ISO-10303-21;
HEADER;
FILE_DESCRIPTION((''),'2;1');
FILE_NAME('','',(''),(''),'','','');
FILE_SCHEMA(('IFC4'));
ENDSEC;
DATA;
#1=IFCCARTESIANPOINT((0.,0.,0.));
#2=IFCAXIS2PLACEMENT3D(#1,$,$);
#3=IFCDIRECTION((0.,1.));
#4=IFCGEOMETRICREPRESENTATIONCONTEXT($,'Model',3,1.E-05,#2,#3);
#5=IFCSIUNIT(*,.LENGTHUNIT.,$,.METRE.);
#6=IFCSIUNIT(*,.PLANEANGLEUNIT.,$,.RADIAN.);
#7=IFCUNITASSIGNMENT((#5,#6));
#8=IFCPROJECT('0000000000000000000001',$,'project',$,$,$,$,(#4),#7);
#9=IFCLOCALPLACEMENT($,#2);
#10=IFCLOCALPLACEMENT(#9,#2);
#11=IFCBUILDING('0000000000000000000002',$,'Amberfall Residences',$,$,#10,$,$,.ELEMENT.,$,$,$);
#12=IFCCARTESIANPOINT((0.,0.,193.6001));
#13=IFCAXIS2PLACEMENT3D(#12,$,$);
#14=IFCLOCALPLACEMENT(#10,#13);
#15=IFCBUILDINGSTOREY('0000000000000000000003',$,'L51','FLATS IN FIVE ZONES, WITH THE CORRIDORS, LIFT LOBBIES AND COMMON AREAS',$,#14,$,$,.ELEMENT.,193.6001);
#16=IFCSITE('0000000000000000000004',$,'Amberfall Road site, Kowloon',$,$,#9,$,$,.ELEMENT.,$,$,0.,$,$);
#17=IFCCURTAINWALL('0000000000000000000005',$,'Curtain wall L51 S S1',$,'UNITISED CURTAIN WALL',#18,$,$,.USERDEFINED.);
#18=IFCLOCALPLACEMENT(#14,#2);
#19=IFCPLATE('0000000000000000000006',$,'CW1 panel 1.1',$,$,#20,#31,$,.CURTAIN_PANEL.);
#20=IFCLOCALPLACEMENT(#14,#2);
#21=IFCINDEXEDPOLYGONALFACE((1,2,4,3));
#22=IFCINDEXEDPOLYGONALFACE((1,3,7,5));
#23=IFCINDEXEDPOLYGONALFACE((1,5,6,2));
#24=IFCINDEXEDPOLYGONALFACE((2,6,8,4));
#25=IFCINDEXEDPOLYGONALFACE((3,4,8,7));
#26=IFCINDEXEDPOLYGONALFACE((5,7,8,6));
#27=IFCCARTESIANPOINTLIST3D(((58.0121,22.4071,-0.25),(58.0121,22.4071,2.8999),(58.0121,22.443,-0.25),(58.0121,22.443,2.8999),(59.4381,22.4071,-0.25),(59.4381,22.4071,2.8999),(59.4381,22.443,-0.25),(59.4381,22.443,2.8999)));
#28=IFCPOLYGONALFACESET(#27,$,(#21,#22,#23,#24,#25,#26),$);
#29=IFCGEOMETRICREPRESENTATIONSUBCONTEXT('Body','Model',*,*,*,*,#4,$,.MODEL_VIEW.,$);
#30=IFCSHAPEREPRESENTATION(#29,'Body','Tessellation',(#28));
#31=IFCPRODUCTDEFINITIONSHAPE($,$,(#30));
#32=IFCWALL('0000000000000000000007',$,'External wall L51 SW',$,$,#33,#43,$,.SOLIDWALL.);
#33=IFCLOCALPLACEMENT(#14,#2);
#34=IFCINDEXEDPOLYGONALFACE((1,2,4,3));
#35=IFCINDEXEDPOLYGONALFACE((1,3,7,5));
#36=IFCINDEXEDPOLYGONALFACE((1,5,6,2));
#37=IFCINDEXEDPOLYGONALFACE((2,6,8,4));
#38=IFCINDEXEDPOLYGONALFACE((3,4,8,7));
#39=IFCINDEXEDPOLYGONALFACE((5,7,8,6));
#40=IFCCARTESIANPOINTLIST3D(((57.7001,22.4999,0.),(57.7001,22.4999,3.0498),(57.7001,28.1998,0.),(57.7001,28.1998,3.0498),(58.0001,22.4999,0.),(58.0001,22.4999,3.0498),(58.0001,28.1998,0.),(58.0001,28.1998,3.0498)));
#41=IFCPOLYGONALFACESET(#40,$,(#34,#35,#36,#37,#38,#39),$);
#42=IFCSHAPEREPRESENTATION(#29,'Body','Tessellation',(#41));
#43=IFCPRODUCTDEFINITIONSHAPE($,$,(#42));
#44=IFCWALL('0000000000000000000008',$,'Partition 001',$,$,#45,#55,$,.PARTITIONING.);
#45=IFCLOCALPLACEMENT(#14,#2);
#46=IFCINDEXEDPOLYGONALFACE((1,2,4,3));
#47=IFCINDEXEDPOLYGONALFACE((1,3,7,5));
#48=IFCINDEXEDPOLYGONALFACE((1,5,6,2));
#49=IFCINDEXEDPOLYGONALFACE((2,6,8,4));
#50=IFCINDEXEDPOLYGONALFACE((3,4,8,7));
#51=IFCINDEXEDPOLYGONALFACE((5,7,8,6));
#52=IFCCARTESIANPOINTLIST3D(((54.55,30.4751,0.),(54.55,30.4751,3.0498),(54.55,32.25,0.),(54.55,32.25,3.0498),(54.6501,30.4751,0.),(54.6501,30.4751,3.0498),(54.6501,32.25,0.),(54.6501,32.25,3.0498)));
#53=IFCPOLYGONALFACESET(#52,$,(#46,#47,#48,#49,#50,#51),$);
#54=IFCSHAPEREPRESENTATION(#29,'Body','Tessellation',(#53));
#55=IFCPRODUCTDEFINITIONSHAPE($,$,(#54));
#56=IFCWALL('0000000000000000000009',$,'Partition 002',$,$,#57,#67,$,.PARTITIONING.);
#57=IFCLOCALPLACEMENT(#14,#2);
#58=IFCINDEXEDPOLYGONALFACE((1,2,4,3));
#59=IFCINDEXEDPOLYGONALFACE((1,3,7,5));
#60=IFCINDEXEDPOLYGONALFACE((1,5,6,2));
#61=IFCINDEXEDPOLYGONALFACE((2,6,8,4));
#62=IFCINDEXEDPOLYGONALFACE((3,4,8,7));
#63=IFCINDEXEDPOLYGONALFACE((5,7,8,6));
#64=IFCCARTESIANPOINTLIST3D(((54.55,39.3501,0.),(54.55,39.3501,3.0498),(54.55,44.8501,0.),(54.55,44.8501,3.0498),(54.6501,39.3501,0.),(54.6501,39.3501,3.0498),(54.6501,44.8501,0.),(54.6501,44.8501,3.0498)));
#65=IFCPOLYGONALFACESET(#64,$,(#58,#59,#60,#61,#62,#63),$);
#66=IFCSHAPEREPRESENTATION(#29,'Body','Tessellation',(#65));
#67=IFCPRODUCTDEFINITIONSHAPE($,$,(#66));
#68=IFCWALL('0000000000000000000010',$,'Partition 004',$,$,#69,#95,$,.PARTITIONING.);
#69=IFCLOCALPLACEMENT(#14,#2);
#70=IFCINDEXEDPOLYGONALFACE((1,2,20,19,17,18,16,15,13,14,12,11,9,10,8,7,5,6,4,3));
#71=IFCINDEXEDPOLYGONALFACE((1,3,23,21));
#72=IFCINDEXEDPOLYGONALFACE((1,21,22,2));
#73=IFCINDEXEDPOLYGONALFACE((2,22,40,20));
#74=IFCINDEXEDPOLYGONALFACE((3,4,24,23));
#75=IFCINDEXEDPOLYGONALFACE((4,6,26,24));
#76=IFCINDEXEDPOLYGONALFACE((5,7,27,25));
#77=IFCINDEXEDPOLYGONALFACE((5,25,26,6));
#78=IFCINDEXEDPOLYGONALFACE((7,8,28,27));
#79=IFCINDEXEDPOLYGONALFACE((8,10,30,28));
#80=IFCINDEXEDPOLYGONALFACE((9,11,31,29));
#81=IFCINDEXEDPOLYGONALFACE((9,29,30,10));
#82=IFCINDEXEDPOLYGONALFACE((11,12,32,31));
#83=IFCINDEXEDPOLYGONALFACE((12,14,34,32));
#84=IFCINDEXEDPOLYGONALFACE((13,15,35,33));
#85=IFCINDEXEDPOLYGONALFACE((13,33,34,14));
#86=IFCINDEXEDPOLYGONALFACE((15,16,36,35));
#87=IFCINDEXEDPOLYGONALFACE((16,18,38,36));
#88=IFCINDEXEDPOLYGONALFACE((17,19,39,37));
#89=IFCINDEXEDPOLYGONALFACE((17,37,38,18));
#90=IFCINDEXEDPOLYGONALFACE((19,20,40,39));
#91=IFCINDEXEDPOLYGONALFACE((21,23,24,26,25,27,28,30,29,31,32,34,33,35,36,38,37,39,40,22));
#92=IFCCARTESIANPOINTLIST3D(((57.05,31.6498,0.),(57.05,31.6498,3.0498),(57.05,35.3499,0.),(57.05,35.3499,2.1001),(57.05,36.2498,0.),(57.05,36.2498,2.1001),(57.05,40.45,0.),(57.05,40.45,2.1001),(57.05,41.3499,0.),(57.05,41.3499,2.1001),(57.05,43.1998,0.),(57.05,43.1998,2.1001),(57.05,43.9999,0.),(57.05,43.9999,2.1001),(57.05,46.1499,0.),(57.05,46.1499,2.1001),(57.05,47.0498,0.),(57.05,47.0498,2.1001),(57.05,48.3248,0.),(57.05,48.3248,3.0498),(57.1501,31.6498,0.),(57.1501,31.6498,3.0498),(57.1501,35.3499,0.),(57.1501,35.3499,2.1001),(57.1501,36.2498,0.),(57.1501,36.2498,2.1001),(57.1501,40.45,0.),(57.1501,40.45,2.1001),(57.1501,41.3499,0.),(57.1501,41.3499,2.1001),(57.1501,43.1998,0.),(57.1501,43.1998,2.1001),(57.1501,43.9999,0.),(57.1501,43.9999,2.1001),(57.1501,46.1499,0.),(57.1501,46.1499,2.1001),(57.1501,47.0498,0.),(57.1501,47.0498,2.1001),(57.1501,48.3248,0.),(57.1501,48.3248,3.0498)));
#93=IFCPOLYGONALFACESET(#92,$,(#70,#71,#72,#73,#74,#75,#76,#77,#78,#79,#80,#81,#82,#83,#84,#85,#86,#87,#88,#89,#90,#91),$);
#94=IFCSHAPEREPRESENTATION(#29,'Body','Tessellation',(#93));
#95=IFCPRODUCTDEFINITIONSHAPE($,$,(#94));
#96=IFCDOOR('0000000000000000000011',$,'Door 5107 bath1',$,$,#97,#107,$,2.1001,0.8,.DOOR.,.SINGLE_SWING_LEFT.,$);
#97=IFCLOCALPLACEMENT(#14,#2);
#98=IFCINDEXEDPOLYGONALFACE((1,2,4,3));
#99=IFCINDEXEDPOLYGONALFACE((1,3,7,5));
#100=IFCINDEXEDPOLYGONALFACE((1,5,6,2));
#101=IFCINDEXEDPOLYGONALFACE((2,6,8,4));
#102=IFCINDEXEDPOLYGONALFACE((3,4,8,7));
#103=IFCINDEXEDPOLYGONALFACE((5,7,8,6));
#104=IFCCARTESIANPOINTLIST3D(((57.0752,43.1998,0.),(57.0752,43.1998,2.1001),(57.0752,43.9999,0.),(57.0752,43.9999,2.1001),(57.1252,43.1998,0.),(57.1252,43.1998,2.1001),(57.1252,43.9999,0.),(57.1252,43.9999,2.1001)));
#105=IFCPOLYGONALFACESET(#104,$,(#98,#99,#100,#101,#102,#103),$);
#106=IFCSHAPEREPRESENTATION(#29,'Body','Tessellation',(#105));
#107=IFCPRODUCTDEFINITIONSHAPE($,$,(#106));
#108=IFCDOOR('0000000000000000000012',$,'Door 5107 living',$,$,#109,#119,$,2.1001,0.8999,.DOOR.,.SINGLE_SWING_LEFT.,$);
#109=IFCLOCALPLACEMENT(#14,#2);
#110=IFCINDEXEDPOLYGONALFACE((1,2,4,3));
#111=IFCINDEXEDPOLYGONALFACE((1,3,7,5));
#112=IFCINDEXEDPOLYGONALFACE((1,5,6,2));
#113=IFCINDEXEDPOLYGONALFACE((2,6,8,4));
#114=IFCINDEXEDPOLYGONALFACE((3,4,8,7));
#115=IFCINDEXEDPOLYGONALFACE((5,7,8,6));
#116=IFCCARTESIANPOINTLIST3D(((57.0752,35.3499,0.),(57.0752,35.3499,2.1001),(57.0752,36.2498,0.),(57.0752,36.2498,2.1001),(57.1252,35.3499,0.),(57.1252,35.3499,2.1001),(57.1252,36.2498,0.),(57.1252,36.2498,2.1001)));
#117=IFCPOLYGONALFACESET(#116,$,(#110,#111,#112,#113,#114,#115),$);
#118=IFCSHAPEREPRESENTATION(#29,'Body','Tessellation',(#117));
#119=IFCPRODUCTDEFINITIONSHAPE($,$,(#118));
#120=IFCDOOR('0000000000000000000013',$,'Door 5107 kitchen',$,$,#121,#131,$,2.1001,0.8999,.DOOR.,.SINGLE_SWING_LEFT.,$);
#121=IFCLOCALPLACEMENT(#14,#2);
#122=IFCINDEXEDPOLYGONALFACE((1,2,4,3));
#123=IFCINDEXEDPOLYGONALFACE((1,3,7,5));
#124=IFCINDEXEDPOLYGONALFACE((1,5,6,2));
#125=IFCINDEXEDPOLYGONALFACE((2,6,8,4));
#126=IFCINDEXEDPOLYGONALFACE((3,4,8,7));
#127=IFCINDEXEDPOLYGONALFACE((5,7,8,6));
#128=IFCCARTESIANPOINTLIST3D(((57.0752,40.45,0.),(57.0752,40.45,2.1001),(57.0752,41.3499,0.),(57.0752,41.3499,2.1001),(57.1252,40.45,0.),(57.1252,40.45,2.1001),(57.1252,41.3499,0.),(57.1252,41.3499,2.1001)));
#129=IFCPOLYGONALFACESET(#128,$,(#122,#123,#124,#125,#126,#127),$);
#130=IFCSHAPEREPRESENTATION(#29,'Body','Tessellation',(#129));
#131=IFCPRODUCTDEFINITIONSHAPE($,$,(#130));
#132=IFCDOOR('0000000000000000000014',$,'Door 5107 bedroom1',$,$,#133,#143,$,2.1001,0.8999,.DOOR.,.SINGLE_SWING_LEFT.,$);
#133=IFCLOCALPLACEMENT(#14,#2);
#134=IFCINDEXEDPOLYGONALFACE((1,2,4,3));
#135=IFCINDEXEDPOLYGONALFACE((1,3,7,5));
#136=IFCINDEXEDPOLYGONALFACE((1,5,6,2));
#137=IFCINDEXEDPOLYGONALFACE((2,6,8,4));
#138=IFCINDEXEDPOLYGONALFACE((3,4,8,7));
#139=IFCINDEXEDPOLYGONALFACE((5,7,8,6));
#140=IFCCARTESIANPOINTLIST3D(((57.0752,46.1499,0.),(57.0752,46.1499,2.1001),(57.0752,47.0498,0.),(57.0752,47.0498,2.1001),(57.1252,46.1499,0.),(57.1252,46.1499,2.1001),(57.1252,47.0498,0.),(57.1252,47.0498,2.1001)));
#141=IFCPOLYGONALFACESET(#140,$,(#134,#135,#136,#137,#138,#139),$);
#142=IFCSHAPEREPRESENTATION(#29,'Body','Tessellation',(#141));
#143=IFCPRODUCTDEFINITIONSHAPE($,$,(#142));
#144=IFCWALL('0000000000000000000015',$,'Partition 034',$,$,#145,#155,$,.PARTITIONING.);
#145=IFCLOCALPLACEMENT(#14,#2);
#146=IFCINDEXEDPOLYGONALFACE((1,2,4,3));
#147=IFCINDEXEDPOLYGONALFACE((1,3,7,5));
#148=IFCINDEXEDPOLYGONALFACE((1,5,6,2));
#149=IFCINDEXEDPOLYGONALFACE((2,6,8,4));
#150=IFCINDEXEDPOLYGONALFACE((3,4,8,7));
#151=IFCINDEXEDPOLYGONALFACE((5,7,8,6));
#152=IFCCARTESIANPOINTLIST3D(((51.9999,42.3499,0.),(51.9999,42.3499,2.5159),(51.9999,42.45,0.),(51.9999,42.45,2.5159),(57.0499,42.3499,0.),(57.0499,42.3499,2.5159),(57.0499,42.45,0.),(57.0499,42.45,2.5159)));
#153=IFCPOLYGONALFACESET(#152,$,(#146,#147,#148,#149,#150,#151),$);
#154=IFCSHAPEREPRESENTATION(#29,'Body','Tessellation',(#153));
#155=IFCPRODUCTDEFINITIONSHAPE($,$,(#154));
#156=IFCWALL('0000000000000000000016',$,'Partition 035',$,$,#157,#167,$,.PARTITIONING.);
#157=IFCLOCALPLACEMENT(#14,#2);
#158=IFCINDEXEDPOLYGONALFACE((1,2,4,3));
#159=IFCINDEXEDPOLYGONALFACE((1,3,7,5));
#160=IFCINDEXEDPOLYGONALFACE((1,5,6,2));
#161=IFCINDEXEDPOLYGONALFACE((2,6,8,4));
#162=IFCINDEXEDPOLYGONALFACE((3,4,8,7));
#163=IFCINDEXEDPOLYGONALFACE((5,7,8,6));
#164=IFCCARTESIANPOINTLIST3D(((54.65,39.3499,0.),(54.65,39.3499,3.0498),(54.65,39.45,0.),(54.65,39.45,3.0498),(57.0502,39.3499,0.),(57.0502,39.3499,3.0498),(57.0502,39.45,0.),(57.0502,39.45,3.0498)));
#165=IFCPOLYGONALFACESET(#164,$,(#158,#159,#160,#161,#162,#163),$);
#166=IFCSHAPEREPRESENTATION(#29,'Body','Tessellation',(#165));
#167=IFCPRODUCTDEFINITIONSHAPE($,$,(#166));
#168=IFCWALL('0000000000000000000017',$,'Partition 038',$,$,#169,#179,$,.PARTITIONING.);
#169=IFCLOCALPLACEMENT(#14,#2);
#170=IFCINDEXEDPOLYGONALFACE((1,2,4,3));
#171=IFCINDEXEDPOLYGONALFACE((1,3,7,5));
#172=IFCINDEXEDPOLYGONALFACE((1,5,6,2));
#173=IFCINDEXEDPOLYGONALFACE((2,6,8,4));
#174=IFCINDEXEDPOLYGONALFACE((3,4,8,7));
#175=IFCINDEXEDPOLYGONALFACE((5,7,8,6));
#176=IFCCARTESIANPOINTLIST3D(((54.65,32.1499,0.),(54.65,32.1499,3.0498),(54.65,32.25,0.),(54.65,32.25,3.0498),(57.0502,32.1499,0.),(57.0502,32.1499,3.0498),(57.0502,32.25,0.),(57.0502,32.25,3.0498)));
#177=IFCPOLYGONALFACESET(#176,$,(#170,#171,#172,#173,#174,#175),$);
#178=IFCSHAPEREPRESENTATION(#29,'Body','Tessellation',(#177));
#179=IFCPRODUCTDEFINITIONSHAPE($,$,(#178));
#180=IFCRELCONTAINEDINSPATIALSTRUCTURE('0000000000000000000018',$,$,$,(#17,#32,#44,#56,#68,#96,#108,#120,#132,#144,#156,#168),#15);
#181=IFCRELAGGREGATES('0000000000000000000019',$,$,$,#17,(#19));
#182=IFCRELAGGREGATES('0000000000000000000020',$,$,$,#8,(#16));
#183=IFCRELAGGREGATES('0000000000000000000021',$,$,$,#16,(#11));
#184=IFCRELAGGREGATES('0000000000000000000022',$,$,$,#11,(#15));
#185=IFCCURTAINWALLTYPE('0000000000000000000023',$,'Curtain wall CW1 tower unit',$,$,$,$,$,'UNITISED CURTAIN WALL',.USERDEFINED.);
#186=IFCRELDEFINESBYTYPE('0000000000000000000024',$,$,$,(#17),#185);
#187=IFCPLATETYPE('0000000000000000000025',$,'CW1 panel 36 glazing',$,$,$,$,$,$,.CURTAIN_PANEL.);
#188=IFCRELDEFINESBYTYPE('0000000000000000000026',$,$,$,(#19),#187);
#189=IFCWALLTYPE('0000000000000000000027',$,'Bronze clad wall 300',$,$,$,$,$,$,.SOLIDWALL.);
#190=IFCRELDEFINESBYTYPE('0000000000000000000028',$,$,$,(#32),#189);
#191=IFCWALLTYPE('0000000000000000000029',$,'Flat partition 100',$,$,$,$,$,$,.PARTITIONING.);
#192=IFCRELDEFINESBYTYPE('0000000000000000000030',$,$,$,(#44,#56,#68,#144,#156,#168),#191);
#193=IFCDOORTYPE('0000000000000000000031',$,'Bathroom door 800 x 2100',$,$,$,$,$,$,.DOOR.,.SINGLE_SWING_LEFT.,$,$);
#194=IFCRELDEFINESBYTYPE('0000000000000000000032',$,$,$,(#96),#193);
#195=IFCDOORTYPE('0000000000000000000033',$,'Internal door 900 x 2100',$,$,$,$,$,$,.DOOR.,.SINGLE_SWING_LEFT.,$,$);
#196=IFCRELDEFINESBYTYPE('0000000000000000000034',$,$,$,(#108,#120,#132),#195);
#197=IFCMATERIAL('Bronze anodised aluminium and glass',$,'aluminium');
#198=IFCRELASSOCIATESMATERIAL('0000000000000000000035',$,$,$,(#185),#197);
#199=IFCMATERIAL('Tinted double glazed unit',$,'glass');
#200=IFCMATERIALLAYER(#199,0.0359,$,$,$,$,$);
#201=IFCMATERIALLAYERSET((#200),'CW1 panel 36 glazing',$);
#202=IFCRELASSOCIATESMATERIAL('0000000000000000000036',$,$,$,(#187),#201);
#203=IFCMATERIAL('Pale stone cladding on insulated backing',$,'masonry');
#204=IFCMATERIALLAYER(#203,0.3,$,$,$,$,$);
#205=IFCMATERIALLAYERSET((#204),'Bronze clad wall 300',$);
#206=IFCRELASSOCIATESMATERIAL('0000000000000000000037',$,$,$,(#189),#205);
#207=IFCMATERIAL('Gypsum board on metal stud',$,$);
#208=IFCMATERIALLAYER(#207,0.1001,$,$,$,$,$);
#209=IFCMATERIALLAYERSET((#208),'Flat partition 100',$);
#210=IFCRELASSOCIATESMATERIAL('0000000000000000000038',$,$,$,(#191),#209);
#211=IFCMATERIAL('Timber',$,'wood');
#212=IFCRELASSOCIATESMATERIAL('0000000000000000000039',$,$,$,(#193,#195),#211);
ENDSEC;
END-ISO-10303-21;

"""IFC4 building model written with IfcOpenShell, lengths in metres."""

from ifc_helpers import new_model, si_unit, direction, frame, frame_2d, origin, origin_2d, place, context, subcontext, project, spatial, rectangle, extrude, material, layer, layer_set, type_object, element, fill, aggregate, save


model = new_model("IFC4")

# Units and contexts
model_context = context("Model", 3, precision=1e-05, world=origin(), true_north=direction((0.0, 1.0)))
body_context = subcontext(model_context, "Body", "Model", "MODEL_VIEW")
ifc_project = project(units=[si_unit("LENGTHUNIT", "METRE"), si_unit("PLANEANGLEUNIT", "RADIAN")], contexts=[model_context])

# Site, building, storey
site_placement = place(None, origin())
site = spatial("IfcSite", under=ifc_project, at=site_placement, Name="Amberfall Road site, Kowloon", CompositionType="ELEMENT", RefElevation=0.0)
building_placement = place(site_placement, origin())
building = spatial("IfcBuilding", under=site, at=building_placement, Name="Amberfall Residences", CompositionType="ELEMENT")
storey_placement = place(building_placement, frame((0.0, 0.0, 193.6001)))
storey = spatial("IfcBuildingStorey", under=building, at=storey_placement, Name="L51", Description="FLATS IN FIVE ZONES, WITH THE CORRIDORS, LIFT LOBBIES AND COMMON AREAS", CompositionType="ELEMENT", Elevation=193.6001)

# Curtain wall
ifc_material_1 = material(Name="Bronze anodised aluminium and glass", Category="aluminium")
curtain_wall_type = type_object("IfcCurtainWallType", Name="Curtain wall CW1 tower unit", ElementType="UNITISED CURTAIN WALL", PredefinedType="USERDEFINED", material=ifc_material_1)
curtain_wall_placement = place(storey_placement, origin())
curtain_wall = element("IfcCurtainWall", 1, at=curtain_wall_placement, inside=storey, type_object=curtain_wall_type, Name="Curtain wall L51 S S1", ObjectType="UNITISED CURTAIN WALL", PredefinedType="USERDEFINED")

# Plate
ifc_material_2 = material(Name="Tinted double glazed unit", Category="glass")
ifc_layer_1 = layer(ifc_material_2, 0.0359)
ifc_layer_set_1 = layer_set([ifc_layer_1], Name="CW1 panel 36 glazing")
plate_type = type_object("IfcPlateType", Name="CW1 panel 36 glazing", PredefinedType="CURTAIN_PANEL", material=ifc_layer_set_1)
plate_placement = place(storey_placement, frame((58.7251, 22.425, -0.25), z_axis=(0.0, 0.0, 1.0), x_axis=(1.0, 0.0, 0.0)))
plate = element("IfcPlate", 2, at=plate_placement, type_object=plate_type, Name="CW1 panel 1.1", PredefinedType="CURTAIN_PANEL", context=body_context, shape_type="SweptSolid", body=[
    extrude(rectangle(XDim=1.426, YDim=0.0359, at=origin_2d()), origin(), (0.0, 0.0, 1.0), 3.1499),
])
aggregate(curtain_wall, [plate])

# Walls
ifc_material_3 = material(Name="Pale stone cladding on insulated backing", Category="masonry")
ifc_layer_2 = layer(ifc_material_3, 0.3)
ifc_layer_set_2 = layer_set([ifc_layer_2], Name="Bronze clad wall 300")
wall_type_1 = type_object("IfcWallType", Name="Bronze clad wall 300", PredefinedType="SOLIDWALL", material=ifc_layer_set_2)
wall_1_placement = place(storey_placement, frame((57.8501, 28.2, 0.0), z_axis=(0.0, 0.0, 1.0), x_axis=(0.0, -1.0, 0.0)))
element("IfcWall", 3, at=wall_1_placement, inside=storey, type_object=wall_type_1, Name="External wall L51 SW", PredefinedType="SOLIDWALL", context=body_context, shape_type="SweptSolid", body=[
    extrude(rectangle(XDim=5.7, YDim=0.3, at=frame_2d((2.8501, 0.0))), origin(), (0.0, 0.0, 1.0), 3.0498),
])
ifc_material_4 = material(Name="Gypsum board on metal stud")
ifc_layer_3 = layer(ifc_material_4, 0.1001)
ifc_layer_set_3 = layer_set([ifc_layer_3], Name="Flat partition 100")
wall_type_2 = type_object("IfcWallType", Name="Flat partition 100", PredefinedType="PARTITIONING", material=ifc_layer_set_3)
wall_2_placement = place(storey_placement, frame((54.6001, 30.4751, 0.0), z_axis=(0.0, 0.0, 1.0), x_axis=(0.0, 1.0, 0.0)))
element("IfcWall", 4, at=wall_2_placement, inside=storey, type_object=wall_type_2, Name="Partition 001", PredefinedType="PARTITIONING", context=body_context, shape_type="SweptSolid", body=[
    extrude(rectangle(XDim=1.7749, YDim=0.1001, at=frame_2d((0.8875, 0.0))), origin(), (0.0, 0.0, 1.0), 3.0498),
])
wall_3_placement = place(storey_placement, frame((54.6001, 39.3501, 0.0), z_axis=(0.0, 0.0, 1.0), x_axis=(0.0, 1.0, 0.0)))
element("IfcWall", 5, at=wall_3_placement, inside=storey, type_object=wall_type_2, Name="Partition 002", PredefinedType="PARTITIONING", context=body_context, shape_type="SweptSolid", body=[
    extrude(rectangle(XDim=5.5, YDim=0.1001, at=frame_2d((2.75, 0.0))), origin(), (0.0, 0.0, 1.0), 3.0498),
])

# Wall, openings, doors
wall_4_placement = place(storey_placement, frame((57.1001, 31.6499, 0.0), z_axis=(0.0, 0.0, 1.0), x_axis=(0.0, 1.0, 0.0)))
wall_4 = element("IfcWall", 6, at=wall_4_placement, inside=storey, type_object=wall_type_2, Name="Partition 004", PredefinedType="PARTITIONING", context=body_context, shape_type="SweptSolid", body=[
    extrude(rectangle(XDim=16.675, YDim=0.1001, at=frame_2d((8.3374, 0.0))), origin(), (0.0, 0.0, 1.0), 3.0498),
])
opening_1_placement = place(wall_4_placement, frame((3.7, 0.0, 0.0)))
opening_1 = element("IfcOpeningElement", 7, at=opening_1_placement, cuts=wall_4, PredefinedType="OPENING", context=body_context, shape_type="SweptSolid", body=[
    extrude(rectangle(XDim=0.8999, YDim=2.1001, at=frame_2d((0.45, 1.05))), frame((0.0, 0.0601, 0.0), z_axis=(0.0, -1.0, 0.0), x_axis=(1.0, 0.0, 0.0)), (0.0, 0.0, 1.0), 0.1201),
])
opening_2_placement = place(wall_4_placement, frame((8.8, 0.0, 0.0)))
opening_2 = element("IfcOpeningElement", 8, at=opening_2_placement, cuts=wall_4, PredefinedType="OPENING", context=body_context, shape_type="SweptSolid", body=[
    extrude(rectangle(XDim=0.8999, YDim=2.1001, at=frame_2d((0.45, 1.05))), frame((0.0, 0.0601, 0.0), z_axis=(0.0, -1.0, 0.0), x_axis=(1.0, 0.0, 0.0)), (0.0, 0.0, 1.0), 0.1201),
])
opening_3_placement = place(wall_4_placement, frame((14.5, 0.0, 0.0)))
opening_3 = element("IfcOpeningElement", 9, at=opening_3_placement, cuts=wall_4, PredefinedType="OPENING", context=body_context, shape_type="SweptSolid", body=[
    extrude(rectangle(XDim=0.8999, YDim=2.1001, at=frame_2d((0.45, 1.05))), frame((0.0, 0.0601, 0.0), z_axis=(0.0, -1.0, 0.0), x_axis=(1.0, 0.0, 0.0)), (0.0, 0.0, 1.0), 0.1201),
])
opening_4_placement = place(wall_4_placement, frame((11.55, 0.0, 0.0)))
opening_4 = element("IfcOpeningElement", 10, at=opening_4_placement, cuts=wall_4, PredefinedType="OPENING", context=body_context, shape_type="SweptSolid", body=[
    extrude(rectangle(XDim=0.8, YDim=2.1001, at=frame_2d((0.3999, 1.05))), frame((0.0, 0.0601, 0.0), z_axis=(0.0, -1.0, 0.0), x_axis=(1.0, 0.0, 0.0)), (0.0, 0.0, 1.0), 0.1201),
])
ifc_material_5 = material(Name="Timber", Category="wood")
door_type_1 = type_object("IfcDoorType", Name="Bathroom door 800 x 2100", OperationType="SINGLE_SWING_LEFT", PredefinedType="DOOR", material=ifc_material_5)
door_1_placement = place(opening_4_placement, origin())
door_1 = element("IfcDoor", 11, at=door_1_placement, inside=storey, type_object=door_type_1, Name="Door 5107 bath1", OperationType="SINGLE_SWING_LEFT", OverallHeight=2.1001, OverallWidth=0.8, PredefinedType="DOOR", context=body_context, shape_type="SweptSolid", body=[
    extrude(rectangle(XDim=0.8, YDim=2.1001, at=frame_2d((0.3999, 1.05))), frame((0.0, 0.0249, 0.0), z_axis=(0.0, -1.0, 0.0), x_axis=(1.0, 0.0, 0.0)), (0.0, 0.0, 1.0), 0.05),
])
fill(opening_4, door_1)
door_type_2 = type_object("IfcDoorType", Name="Internal door 900 x 2100", OperationType="SINGLE_SWING_LEFT", PredefinedType="DOOR", material=ifc_material_5)
door_2_placement = place(opening_1_placement, origin())
door_2 = element("IfcDoor", 12, at=door_2_placement, inside=storey, type_object=door_type_2, Name="Door 5107 living", OperationType="SINGLE_SWING_LEFT", OverallHeight=2.1001, OverallWidth=0.8999, PredefinedType="DOOR", context=body_context, shape_type="SweptSolid", body=[
    extrude(rectangle(XDim=0.8999, YDim=2.1001, at=frame_2d((0.45, 1.05))), frame((0.0, 0.0249, 0.0), z_axis=(0.0, -1.0, 0.0), x_axis=(1.0, 0.0, 0.0)), (0.0, 0.0, 1.0), 0.05),
])
fill(opening_1, door_2)
door_3_placement = place(opening_2_placement, origin())
door_3 = element("IfcDoor", 13, at=door_3_placement, inside=storey, type_object=door_type_2, Name="Door 5107 kitchen", OperationType="SINGLE_SWING_LEFT", OverallHeight=2.1001, OverallWidth=0.8999, PredefinedType="DOOR", context=body_context, shape_type="SweptSolid", body=[
    extrude(rectangle(XDim=0.8999, YDim=2.1001, at=frame_2d((0.45, 1.05))), frame((0.0, 0.0249, 0.0), z_axis=(0.0, -1.0, 0.0), x_axis=(1.0, 0.0, 0.0)), (0.0, 0.0, 1.0), 0.05),
])
fill(opening_2, door_3)
door_4_placement = place(opening_3_placement, origin())
door_4 = element("IfcDoor", 14, at=door_4_placement, inside=storey, type_object=door_type_2, Name="Door 5107 bedroom1", OperationType="SINGLE_SWING_LEFT", OverallHeight=2.1001, OverallWidth=0.8999, PredefinedType="DOOR", context=body_context, shape_type="SweptSolid", body=[
    extrude(rectangle(XDim=0.8999, YDim=2.1001, at=frame_2d((0.45, 1.05))), frame((0.0, 0.0249, 0.0), z_axis=(0.0, -1.0, 0.0), x_axis=(1.0, 0.0, 0.0)), (0.0, 0.0, 1.0), 0.05),
])
fill(opening_3, door_4)

# Walls
wall_5_placement = place(storey_placement, frame((52.0, 42.3999, 0.0), z_axis=(0.0, 0.0, 1.0), x_axis=(1.0, 0.0, 0.0)))
element("IfcWall", 15, at=wall_5_placement, inside=storey, type_object=wall_type_2, Name="Partition 034", PredefinedType="PARTITIONING", context=body_context, shape_type="SweptSolid", body=[
    extrude(rectangle(XDim=5.05, YDim=0.1001, at=frame_2d((2.5249, 0.0))), origin(), (0.0, 0.0, 1.0), 2.5159),
])
for number, where, z_axis, x_axis, name in (
    (16, (54.6499, 39.3999, 0.0), (0.0, 0.0, 1.0), (1.0, 0.0, 0.0), "Partition 035"),
    (17, (54.6499, 32.2, 0.0), (0.0, 0.0, 1.0), (1.0, 0.0, 0.0), "Partition 038"),
):
    element("IfcWall", number, at=place(storey_placement, frame(where, z_axis=z_axis, x_axis=x_axis)), inside=storey, type_object=wall_type_2, Name=name, PredefinedType="PARTITIONING", context=body_context, shape_type="SweptSolid", body=[
        extrude(rectangle(XDim=2.4001, YDim=0.1001, at=frame_2d((1.2002, 0.0))), origin(), (0.0, 0.0, 1.0), 3.0498),
    ])

save(model, "model.ifc")
